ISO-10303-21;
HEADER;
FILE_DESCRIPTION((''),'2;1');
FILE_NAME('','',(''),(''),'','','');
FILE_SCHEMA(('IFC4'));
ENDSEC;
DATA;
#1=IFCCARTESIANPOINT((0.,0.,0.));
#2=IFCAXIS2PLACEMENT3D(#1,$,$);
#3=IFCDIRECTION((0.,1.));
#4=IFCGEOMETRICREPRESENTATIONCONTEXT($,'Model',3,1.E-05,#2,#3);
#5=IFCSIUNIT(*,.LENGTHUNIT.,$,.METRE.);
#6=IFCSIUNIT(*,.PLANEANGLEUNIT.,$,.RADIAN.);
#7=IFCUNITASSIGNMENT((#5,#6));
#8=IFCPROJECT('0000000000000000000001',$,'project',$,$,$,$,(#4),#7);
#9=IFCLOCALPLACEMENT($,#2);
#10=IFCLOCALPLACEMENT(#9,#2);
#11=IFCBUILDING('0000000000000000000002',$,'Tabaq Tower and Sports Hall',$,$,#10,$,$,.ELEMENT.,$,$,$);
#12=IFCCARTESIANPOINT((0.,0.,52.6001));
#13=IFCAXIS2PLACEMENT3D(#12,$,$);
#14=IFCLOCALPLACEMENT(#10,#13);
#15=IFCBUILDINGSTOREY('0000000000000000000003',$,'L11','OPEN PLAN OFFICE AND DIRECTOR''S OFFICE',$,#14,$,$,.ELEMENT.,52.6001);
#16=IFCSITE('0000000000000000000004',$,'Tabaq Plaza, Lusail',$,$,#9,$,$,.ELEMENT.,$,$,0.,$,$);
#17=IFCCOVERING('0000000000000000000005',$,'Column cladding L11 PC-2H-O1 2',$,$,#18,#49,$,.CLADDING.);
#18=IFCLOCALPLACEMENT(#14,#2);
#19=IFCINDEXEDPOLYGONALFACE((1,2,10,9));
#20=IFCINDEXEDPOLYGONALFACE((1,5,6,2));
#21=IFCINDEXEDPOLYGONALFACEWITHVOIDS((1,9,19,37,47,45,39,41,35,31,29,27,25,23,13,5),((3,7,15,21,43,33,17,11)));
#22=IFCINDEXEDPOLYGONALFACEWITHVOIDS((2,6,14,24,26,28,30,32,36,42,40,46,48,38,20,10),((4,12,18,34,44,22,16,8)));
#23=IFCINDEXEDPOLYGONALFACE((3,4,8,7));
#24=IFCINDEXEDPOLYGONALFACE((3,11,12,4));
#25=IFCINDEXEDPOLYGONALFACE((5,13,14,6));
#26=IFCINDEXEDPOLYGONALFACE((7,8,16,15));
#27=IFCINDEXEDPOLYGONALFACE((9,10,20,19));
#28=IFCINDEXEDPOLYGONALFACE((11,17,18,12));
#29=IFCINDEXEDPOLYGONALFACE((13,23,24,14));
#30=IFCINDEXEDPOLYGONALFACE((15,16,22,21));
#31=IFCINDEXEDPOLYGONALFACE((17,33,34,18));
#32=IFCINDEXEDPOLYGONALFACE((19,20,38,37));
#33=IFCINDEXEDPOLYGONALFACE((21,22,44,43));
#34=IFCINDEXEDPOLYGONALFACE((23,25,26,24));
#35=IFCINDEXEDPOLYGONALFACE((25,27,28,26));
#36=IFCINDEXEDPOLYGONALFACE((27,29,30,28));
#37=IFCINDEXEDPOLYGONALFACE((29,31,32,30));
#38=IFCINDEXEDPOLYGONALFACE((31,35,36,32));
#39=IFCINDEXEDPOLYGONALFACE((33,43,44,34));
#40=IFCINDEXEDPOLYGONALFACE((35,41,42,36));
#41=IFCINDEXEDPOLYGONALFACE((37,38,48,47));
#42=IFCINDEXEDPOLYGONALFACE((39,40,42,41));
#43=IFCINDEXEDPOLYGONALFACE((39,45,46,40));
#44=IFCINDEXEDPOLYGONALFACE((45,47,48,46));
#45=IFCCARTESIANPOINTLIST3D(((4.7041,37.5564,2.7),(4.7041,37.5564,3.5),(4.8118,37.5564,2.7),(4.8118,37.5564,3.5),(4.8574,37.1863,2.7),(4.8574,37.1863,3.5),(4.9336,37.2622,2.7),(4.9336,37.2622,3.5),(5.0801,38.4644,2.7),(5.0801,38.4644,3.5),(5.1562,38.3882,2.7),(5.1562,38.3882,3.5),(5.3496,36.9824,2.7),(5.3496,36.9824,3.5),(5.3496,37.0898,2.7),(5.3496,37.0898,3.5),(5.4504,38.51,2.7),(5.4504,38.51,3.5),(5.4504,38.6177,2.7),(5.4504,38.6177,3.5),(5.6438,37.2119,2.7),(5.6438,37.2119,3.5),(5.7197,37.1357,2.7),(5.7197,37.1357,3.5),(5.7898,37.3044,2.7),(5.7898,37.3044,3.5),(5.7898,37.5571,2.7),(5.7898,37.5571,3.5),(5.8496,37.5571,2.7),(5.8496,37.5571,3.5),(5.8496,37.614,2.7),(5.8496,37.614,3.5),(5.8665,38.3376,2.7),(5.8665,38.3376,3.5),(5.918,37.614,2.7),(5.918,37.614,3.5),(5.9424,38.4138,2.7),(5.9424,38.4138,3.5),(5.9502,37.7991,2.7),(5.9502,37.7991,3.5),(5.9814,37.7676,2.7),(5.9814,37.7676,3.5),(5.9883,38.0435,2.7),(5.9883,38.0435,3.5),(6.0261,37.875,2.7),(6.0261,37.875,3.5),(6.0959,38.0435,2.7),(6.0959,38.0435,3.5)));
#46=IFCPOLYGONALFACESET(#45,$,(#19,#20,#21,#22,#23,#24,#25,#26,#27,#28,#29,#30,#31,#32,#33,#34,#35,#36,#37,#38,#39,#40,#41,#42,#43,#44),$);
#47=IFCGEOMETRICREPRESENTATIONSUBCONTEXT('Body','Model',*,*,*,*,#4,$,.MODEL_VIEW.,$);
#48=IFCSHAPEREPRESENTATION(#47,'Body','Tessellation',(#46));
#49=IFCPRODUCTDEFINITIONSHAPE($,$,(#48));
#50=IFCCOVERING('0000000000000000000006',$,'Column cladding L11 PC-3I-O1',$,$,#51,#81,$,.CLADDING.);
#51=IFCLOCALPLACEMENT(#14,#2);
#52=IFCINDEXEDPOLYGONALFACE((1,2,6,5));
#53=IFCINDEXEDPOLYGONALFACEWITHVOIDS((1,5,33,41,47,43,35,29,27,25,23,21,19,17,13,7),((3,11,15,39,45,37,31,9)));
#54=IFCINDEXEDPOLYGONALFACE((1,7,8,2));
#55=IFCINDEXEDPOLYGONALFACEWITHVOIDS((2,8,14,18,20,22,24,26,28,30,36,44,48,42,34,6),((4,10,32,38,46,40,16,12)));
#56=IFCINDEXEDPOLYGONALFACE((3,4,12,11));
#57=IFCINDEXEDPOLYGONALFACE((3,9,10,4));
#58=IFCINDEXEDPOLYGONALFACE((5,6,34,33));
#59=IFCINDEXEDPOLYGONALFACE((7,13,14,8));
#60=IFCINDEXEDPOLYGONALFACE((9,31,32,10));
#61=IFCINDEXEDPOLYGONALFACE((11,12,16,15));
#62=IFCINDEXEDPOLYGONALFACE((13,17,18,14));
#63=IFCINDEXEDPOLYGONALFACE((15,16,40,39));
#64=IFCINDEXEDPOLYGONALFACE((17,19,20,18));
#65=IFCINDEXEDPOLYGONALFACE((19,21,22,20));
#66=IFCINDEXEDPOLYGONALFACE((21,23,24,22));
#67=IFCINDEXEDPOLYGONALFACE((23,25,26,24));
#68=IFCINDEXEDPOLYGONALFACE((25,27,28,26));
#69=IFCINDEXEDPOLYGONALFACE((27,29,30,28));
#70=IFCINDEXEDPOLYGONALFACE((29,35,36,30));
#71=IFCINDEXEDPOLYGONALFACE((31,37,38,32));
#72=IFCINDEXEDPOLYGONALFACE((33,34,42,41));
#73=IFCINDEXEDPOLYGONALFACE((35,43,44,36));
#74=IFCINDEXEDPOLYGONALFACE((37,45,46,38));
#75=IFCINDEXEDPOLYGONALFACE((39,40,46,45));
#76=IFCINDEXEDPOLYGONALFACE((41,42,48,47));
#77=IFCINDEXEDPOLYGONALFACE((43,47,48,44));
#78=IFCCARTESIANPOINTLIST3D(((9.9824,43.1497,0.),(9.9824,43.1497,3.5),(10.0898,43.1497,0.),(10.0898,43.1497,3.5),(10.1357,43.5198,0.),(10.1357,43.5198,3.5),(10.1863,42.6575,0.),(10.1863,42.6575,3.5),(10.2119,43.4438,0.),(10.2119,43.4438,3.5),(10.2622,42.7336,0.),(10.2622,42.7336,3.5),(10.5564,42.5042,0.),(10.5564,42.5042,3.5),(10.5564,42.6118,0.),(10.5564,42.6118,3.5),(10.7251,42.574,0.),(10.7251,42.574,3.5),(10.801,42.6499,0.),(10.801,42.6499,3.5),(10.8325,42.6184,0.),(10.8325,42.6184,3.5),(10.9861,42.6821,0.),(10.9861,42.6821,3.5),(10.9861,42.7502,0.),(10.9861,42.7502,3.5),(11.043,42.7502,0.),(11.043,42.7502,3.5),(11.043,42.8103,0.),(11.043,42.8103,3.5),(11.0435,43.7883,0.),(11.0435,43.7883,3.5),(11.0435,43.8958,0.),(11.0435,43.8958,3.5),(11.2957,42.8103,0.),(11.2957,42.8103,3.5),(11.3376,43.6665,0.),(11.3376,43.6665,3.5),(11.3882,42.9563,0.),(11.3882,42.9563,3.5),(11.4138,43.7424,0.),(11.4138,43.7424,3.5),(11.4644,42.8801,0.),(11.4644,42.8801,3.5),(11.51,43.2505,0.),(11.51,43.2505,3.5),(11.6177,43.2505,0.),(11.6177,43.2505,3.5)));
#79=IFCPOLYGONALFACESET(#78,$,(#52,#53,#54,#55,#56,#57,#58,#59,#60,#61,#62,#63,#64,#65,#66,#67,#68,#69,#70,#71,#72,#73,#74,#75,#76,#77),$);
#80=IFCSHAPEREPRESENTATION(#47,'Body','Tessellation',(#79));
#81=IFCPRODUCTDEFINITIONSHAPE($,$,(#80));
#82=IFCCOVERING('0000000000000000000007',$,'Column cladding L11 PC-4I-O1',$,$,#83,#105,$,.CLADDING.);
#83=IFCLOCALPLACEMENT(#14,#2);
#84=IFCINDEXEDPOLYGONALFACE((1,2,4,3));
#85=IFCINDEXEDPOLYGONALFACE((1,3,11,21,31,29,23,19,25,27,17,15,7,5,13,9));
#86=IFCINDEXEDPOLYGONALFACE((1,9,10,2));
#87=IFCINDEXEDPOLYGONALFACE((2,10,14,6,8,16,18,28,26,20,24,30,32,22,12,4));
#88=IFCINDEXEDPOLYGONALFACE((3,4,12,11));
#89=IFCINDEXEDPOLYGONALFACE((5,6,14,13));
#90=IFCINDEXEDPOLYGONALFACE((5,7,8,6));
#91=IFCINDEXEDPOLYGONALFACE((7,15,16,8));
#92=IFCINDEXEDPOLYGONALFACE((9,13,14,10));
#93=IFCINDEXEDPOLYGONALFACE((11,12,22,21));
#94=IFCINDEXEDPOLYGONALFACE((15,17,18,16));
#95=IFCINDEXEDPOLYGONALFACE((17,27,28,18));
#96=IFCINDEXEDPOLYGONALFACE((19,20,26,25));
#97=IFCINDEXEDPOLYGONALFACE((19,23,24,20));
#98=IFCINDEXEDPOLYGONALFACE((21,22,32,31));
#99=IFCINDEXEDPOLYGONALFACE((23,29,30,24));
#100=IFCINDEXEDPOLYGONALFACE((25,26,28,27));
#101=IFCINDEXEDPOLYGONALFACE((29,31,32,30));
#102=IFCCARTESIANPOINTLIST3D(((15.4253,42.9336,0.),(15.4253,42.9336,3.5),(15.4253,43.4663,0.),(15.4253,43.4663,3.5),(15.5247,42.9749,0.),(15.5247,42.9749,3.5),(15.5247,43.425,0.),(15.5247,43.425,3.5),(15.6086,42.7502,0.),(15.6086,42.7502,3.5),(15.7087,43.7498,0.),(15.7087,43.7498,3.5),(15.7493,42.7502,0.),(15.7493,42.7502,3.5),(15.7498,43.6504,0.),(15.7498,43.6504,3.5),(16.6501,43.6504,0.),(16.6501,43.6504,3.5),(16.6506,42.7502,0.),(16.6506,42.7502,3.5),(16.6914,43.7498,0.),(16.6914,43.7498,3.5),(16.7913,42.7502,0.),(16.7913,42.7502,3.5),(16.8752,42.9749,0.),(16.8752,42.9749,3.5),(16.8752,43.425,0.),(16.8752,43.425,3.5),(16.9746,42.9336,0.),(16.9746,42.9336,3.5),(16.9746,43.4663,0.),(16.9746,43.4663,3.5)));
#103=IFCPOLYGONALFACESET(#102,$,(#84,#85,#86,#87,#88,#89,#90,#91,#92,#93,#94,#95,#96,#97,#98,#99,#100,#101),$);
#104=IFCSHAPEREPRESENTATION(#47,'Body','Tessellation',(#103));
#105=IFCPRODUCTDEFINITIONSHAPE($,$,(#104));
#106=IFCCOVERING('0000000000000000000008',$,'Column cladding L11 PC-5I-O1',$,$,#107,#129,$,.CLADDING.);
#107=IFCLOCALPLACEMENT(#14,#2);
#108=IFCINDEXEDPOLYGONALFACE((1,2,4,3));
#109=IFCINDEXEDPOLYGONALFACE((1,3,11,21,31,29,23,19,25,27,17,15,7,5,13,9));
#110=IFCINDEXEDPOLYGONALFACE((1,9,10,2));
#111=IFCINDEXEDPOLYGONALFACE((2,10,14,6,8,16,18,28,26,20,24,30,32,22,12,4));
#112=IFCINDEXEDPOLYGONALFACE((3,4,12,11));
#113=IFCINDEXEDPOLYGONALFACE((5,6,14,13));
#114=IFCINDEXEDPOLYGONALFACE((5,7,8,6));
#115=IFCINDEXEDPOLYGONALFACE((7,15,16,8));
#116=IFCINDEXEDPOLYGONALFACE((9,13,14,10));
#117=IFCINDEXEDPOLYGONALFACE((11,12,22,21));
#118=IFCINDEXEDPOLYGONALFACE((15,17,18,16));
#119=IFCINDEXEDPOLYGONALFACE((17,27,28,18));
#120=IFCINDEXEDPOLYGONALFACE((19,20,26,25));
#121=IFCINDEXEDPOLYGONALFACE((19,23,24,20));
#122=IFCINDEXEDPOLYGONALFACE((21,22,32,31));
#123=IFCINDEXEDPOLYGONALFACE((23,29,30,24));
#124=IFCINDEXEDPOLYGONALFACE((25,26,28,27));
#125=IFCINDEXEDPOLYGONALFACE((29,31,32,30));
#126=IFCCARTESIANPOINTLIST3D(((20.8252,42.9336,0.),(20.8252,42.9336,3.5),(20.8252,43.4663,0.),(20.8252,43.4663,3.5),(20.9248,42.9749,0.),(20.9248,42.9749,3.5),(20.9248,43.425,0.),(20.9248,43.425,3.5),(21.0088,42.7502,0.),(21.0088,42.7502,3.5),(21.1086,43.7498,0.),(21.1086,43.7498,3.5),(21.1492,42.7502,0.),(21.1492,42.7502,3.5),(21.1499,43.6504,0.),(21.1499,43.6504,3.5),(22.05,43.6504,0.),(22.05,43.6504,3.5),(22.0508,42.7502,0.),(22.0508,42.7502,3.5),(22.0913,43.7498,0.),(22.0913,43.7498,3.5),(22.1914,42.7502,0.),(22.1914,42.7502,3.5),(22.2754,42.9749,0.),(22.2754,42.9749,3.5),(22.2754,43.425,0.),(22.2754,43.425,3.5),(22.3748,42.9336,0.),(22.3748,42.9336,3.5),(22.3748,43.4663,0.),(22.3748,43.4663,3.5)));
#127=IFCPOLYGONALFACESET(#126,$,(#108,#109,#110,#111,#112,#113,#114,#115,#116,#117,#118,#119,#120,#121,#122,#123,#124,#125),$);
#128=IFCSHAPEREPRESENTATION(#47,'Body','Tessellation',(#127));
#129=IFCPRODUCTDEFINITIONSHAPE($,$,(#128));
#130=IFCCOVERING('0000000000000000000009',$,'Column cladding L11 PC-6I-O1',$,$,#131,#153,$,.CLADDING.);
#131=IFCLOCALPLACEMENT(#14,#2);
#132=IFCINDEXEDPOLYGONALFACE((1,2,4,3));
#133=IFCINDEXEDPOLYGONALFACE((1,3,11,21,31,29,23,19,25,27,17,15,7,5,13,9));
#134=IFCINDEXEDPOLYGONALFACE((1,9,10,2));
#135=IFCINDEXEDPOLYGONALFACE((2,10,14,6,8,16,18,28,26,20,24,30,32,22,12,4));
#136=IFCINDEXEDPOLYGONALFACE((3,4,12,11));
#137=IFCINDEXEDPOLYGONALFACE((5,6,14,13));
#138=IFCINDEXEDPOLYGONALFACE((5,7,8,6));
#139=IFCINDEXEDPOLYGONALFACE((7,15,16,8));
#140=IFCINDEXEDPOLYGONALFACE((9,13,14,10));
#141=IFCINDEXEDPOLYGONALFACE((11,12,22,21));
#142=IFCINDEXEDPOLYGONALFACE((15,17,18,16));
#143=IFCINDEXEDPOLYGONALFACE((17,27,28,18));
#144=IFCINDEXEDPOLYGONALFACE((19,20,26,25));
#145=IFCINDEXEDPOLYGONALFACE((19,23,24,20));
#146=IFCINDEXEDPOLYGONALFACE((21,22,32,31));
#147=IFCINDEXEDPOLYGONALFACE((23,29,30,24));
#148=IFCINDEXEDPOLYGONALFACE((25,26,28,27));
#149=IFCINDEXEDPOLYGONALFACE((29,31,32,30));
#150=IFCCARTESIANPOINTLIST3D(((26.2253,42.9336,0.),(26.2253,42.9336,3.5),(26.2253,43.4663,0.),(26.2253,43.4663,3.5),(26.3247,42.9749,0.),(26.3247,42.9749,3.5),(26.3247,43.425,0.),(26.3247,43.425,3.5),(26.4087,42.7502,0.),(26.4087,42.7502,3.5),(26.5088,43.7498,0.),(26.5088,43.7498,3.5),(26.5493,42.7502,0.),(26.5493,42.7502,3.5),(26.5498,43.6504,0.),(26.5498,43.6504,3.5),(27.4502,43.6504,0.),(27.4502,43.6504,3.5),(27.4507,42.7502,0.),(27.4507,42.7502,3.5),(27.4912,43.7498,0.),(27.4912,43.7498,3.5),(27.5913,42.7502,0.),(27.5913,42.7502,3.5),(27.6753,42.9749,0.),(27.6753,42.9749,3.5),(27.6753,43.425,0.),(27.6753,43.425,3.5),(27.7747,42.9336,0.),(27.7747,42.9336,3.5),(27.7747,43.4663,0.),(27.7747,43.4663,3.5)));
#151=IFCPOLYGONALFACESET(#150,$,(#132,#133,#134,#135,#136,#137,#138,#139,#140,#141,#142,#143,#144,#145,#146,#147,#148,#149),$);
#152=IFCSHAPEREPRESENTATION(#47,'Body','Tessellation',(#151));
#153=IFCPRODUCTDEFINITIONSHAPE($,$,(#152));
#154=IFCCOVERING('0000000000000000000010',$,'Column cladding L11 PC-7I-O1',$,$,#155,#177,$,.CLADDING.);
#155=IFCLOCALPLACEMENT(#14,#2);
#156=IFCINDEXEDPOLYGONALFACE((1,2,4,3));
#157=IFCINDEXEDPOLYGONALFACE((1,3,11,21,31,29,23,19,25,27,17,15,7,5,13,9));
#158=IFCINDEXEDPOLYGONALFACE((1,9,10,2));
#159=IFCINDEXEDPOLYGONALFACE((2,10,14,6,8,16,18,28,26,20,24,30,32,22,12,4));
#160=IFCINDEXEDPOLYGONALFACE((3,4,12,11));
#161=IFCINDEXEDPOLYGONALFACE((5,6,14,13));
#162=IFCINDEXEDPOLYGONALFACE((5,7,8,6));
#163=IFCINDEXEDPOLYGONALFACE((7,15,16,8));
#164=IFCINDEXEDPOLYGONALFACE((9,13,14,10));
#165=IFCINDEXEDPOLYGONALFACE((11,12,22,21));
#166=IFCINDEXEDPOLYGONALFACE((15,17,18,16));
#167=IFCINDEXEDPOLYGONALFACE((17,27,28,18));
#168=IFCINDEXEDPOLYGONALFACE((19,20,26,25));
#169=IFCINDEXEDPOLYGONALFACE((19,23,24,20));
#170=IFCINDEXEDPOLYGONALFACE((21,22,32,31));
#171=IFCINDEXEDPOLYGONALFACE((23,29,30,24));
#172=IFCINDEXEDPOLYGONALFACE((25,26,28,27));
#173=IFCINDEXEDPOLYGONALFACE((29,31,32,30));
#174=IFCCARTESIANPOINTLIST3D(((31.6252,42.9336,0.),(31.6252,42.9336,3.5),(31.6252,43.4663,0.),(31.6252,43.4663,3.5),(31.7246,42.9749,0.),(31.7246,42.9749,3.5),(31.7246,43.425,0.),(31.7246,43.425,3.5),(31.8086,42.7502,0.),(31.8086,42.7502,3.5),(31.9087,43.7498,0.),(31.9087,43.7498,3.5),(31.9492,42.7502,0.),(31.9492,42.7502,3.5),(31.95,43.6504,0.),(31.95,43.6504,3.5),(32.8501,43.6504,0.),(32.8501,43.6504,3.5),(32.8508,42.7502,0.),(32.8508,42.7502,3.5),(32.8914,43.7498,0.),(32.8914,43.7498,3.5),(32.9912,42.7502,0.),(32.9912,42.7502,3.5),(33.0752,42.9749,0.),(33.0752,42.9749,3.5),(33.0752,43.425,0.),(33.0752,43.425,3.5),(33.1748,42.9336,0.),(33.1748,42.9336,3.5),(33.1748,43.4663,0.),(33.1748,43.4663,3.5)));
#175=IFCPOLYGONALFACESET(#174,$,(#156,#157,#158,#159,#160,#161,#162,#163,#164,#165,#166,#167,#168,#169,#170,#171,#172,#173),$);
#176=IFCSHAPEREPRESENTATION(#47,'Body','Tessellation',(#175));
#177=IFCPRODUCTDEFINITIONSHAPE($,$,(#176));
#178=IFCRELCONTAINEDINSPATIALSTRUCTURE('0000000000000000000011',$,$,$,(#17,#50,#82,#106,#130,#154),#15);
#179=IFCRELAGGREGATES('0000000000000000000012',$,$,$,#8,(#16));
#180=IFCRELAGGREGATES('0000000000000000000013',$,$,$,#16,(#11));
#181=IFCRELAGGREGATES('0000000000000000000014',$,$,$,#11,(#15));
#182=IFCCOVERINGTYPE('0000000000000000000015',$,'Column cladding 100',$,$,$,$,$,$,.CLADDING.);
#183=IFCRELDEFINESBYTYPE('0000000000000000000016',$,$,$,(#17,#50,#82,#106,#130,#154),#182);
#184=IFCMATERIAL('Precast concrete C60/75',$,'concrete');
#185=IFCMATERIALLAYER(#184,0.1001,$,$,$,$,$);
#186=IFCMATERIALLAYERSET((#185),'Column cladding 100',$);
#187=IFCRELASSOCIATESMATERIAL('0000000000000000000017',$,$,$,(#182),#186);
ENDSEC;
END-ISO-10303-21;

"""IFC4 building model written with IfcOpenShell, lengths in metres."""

from ifc_helpers import new_model, si_unit, direction, frame, origin, place, context, subcontext, project, spatial, polyline, outline, extrude, material, layer, layer_set, type_object, element, save


model = new_model("IFC4")

# Units and contexts
model_context = context("Model", 3, precision=1e-05, world=origin(), true_north=direction((0.0, 1.0)))
body_context = subcontext(model_context, "Body", "Model", "MODEL_VIEW")
ifc_project = project(units=[si_unit("LENGTHUNIT", "METRE"), si_unit("PLANEANGLEUNIT", "RADIAN")], contexts=[model_context])

# Site, building, storey
site_placement = place(None, origin())
site = spatial("IfcSite", under=ifc_project, at=site_placement, Name="Tabaq Plaza, Lusail", CompositionType="ELEMENT", RefElevation=0.0)
building_placement = place(site_placement, origin())
building = spatial("IfcBuilding", under=site, at=building_placement, Name="Tabaq Tower and Sports Hall", CompositionType="ELEMENT")
storey_placement = place(building_placement, frame((0.0, 0.0, 52.6001)))
storey = spatial("IfcBuildingStorey", under=building, at=storey_placement, Name="L11", Description="OPEN PLAN OFFICE AND DIRECTOR'S OFFICE", CompositionType="ELEMENT", Elevation=52.6001)

# Coverings
ifc_material_1 = material(Name="Precast concrete C60/75", Category="concrete")
ifc_layer_1 = layer(ifc_material_1, 0.1001)
ifc_layer_set_1 = layer_set([ifc_layer_1], Name="Column cladding 100")
covering_type_1 = type_object("IfcCoveringType", Name="Column cladding 100", PredefinedType="CLADDING", material=ifc_layer_set_1)
covering_1_placement = place(storey_placement, frame((0.0, 0.0, 2.7)))
element("IfcCovering", 1, at=covering_1_placement, inside=storey, type_object=covering_type_1, Name="Column cladding L11 PC-2H-O1 2", PredefinedType="CLADDING", context=body_context, shape_type="SweptSolid", body=[
    extrude(outline(polyline([(4.8574, 37.1863), (4.7041, 37.5564), (5.0801, 38.4644), (5.4504, 38.6177), (5.9424, 38.4138), (6.0959, 38.0435), (6.0261, 37.875), (5.9502, 37.7991), (5.9814, 37.7676), (5.918, 37.614), (5.8496, 37.614), (5.8496, 37.5571), (5.7898, 37.5571), (5.7898, 37.3044), (5.7197, 37.1357), (5.3496, 36.9824), (4.8574, 37.1863)]), holes=[polyline([(5.8665, 38.3376), (5.4504, 38.51), (5.1562, 38.3882), (4.8118, 37.5564), (4.9336, 37.2622), (5.3496, 37.0898), (5.6438, 37.2119), (5.9883, 38.0435), (5.8665, 38.3376)])]), origin(), (0.0, 0.0, 1.0), 0.8),
])
covering_2_placement = place(storey_placement, origin())
element("IfcCovering", 2, at=covering_2_placement, inside=storey, type_object=covering_type_1, Name="Column cladding L11 PC-3I-O1", PredefinedType="CLADDING", context=body_context, shape_type="SweptSolid", body=[
    extrude(outline(polyline([(9.9824, 43.1497), (10.1357, 43.5198), (11.0435, 43.8958), (11.4138, 43.7424), (11.6177, 43.2505), (11.4644, 42.8801), (11.2957, 42.8103), (11.043, 42.8103), (11.043, 42.7502), (10.9861, 42.7502), (10.9861, 42.6821), (10.8325, 42.6184), (10.801, 42.6499), (10.7251, 42.574), (10.5564, 42.5042), (10.1863, 42.6575), (9.9824, 43.1497)]), holes=[polyline([(11.51, 43.2505), (11.3376, 43.6665), (11.0435, 43.7883), (10.2119, 43.4438), (10.0898, 43.1497), (10.2622, 42.7336), (10.5564, 42.6118), (11.3882, 42.9563), (11.51, 43.2505)])]), origin(), (0.0, 0.0, 1.0), 3.5),
])
covering_3_placement = place(storey_placement, origin())
element("IfcCovering", 3, at=covering_3_placement, inside=storey, type_object=covering_type_1, Name="Column cladding L11 PC-4I-O1", PredefinedType="CLADDING", context=body_context, shape_type="SweptSolid", body=[
    extrude(outline(polyline([(15.4253, 43.4663), (15.7087, 43.7498), (16.6914, 43.7498), (16.9746, 43.4663), (16.9746, 42.9336), (16.7913, 42.7502), (16.6506, 42.7502), (16.8752, 42.9749), (16.8752, 43.425), (16.6501, 43.6504), (15.7498, 43.6504), (15.5247, 43.425), (15.5247, 42.9749), (15.7493, 42.7502), (15.6086, 42.7502), (15.4253, 42.9336), (15.4253, 43.4663)])), origin(), (0.0, 0.0, 1.0), 3.5),
])
covering_4_placement = place(storey_placement, origin())
element("IfcCovering", 4, at=covering_4_placement, inside=storey, type_object=covering_type_1, Name="Column cladding L11 PC-5I-O1", PredefinedType="CLADDING", context=body_context, shape_type="SweptSolid", body=[
    extrude(outline(polyline([(20.8252, 43.4663), (21.1086, 43.7498), (22.0913, 43.7498), (22.3748, 43.4663), (22.3748, 42.9336), (22.1914, 42.7502), (22.0508, 42.7502), (22.2754, 42.9749), (22.2754, 43.425), (22.05, 43.6504), (21.1499, 43.6504), (20.9248, 43.425), (20.9248, 42.9749), (21.1492, 42.7502), (21.0088, 42.7502), (20.8252, 42.9336), (20.8252, 43.4663)])), origin(), (0.0, 0.0, 1.0), 3.5),
])
covering_5_placement = place(storey_placement, origin())
element("IfcCovering", 5, at=covering_5_placement, inside=storey, type_object=covering_type_1, Name="Column cladding L11 PC-6I-O1", PredefinedType="CLADDING", context=body_context, shape_type="SweptSolid", body=[
    extrude(outline(polyline([(26.2253, 43.4663), (26.5088, 43.7498), (27.4912, 43.7498), (27.7747, 43.4663), (27.7747, 42.9336), (27.5913, 42.7502), (27.4507, 42.7502), (27.6753, 42.9749), (27.6753, 43.425), (27.4502, 43.6504), (26.5498, 43.6504), (26.3247, 43.425), (26.3247, 42.9749), (26.5493, 42.7502), (26.4087, 42.7502), (26.2253, 42.9336), (26.2253, 43.4663)])), origin(), (0.0, 0.0, 1.0), 3.5),
])
covering_6_placement = place(storey_placement, origin())
element("IfcCovering", 6, at=covering_6_placement, inside=storey, type_object=covering_type_1, Name="Column cladding L11 PC-7I-O1", PredefinedType="CLADDING", context=body_context, shape_type="SweptSolid", body=[
    extrude(outline(polyline([(31.6252, 43.4663), (31.9087, 43.7498), (32.8914, 43.7498), (33.1748, 43.4663), (33.1748, 42.9336), (32.9912, 42.7502), (32.8508, 42.7502), (33.0752, 42.9749), (33.0752, 43.425), (32.8501, 43.6504), (31.95, 43.6504), (31.7246, 43.425), (31.7246, 42.9749), (31.9492, 42.7502), (31.8086, 42.7502), (31.6252, 42.9336), (31.6252, 43.4663)])), origin(), (0.0, 0.0, 1.0), 3.5),
])

save(model, "model.ifc")
